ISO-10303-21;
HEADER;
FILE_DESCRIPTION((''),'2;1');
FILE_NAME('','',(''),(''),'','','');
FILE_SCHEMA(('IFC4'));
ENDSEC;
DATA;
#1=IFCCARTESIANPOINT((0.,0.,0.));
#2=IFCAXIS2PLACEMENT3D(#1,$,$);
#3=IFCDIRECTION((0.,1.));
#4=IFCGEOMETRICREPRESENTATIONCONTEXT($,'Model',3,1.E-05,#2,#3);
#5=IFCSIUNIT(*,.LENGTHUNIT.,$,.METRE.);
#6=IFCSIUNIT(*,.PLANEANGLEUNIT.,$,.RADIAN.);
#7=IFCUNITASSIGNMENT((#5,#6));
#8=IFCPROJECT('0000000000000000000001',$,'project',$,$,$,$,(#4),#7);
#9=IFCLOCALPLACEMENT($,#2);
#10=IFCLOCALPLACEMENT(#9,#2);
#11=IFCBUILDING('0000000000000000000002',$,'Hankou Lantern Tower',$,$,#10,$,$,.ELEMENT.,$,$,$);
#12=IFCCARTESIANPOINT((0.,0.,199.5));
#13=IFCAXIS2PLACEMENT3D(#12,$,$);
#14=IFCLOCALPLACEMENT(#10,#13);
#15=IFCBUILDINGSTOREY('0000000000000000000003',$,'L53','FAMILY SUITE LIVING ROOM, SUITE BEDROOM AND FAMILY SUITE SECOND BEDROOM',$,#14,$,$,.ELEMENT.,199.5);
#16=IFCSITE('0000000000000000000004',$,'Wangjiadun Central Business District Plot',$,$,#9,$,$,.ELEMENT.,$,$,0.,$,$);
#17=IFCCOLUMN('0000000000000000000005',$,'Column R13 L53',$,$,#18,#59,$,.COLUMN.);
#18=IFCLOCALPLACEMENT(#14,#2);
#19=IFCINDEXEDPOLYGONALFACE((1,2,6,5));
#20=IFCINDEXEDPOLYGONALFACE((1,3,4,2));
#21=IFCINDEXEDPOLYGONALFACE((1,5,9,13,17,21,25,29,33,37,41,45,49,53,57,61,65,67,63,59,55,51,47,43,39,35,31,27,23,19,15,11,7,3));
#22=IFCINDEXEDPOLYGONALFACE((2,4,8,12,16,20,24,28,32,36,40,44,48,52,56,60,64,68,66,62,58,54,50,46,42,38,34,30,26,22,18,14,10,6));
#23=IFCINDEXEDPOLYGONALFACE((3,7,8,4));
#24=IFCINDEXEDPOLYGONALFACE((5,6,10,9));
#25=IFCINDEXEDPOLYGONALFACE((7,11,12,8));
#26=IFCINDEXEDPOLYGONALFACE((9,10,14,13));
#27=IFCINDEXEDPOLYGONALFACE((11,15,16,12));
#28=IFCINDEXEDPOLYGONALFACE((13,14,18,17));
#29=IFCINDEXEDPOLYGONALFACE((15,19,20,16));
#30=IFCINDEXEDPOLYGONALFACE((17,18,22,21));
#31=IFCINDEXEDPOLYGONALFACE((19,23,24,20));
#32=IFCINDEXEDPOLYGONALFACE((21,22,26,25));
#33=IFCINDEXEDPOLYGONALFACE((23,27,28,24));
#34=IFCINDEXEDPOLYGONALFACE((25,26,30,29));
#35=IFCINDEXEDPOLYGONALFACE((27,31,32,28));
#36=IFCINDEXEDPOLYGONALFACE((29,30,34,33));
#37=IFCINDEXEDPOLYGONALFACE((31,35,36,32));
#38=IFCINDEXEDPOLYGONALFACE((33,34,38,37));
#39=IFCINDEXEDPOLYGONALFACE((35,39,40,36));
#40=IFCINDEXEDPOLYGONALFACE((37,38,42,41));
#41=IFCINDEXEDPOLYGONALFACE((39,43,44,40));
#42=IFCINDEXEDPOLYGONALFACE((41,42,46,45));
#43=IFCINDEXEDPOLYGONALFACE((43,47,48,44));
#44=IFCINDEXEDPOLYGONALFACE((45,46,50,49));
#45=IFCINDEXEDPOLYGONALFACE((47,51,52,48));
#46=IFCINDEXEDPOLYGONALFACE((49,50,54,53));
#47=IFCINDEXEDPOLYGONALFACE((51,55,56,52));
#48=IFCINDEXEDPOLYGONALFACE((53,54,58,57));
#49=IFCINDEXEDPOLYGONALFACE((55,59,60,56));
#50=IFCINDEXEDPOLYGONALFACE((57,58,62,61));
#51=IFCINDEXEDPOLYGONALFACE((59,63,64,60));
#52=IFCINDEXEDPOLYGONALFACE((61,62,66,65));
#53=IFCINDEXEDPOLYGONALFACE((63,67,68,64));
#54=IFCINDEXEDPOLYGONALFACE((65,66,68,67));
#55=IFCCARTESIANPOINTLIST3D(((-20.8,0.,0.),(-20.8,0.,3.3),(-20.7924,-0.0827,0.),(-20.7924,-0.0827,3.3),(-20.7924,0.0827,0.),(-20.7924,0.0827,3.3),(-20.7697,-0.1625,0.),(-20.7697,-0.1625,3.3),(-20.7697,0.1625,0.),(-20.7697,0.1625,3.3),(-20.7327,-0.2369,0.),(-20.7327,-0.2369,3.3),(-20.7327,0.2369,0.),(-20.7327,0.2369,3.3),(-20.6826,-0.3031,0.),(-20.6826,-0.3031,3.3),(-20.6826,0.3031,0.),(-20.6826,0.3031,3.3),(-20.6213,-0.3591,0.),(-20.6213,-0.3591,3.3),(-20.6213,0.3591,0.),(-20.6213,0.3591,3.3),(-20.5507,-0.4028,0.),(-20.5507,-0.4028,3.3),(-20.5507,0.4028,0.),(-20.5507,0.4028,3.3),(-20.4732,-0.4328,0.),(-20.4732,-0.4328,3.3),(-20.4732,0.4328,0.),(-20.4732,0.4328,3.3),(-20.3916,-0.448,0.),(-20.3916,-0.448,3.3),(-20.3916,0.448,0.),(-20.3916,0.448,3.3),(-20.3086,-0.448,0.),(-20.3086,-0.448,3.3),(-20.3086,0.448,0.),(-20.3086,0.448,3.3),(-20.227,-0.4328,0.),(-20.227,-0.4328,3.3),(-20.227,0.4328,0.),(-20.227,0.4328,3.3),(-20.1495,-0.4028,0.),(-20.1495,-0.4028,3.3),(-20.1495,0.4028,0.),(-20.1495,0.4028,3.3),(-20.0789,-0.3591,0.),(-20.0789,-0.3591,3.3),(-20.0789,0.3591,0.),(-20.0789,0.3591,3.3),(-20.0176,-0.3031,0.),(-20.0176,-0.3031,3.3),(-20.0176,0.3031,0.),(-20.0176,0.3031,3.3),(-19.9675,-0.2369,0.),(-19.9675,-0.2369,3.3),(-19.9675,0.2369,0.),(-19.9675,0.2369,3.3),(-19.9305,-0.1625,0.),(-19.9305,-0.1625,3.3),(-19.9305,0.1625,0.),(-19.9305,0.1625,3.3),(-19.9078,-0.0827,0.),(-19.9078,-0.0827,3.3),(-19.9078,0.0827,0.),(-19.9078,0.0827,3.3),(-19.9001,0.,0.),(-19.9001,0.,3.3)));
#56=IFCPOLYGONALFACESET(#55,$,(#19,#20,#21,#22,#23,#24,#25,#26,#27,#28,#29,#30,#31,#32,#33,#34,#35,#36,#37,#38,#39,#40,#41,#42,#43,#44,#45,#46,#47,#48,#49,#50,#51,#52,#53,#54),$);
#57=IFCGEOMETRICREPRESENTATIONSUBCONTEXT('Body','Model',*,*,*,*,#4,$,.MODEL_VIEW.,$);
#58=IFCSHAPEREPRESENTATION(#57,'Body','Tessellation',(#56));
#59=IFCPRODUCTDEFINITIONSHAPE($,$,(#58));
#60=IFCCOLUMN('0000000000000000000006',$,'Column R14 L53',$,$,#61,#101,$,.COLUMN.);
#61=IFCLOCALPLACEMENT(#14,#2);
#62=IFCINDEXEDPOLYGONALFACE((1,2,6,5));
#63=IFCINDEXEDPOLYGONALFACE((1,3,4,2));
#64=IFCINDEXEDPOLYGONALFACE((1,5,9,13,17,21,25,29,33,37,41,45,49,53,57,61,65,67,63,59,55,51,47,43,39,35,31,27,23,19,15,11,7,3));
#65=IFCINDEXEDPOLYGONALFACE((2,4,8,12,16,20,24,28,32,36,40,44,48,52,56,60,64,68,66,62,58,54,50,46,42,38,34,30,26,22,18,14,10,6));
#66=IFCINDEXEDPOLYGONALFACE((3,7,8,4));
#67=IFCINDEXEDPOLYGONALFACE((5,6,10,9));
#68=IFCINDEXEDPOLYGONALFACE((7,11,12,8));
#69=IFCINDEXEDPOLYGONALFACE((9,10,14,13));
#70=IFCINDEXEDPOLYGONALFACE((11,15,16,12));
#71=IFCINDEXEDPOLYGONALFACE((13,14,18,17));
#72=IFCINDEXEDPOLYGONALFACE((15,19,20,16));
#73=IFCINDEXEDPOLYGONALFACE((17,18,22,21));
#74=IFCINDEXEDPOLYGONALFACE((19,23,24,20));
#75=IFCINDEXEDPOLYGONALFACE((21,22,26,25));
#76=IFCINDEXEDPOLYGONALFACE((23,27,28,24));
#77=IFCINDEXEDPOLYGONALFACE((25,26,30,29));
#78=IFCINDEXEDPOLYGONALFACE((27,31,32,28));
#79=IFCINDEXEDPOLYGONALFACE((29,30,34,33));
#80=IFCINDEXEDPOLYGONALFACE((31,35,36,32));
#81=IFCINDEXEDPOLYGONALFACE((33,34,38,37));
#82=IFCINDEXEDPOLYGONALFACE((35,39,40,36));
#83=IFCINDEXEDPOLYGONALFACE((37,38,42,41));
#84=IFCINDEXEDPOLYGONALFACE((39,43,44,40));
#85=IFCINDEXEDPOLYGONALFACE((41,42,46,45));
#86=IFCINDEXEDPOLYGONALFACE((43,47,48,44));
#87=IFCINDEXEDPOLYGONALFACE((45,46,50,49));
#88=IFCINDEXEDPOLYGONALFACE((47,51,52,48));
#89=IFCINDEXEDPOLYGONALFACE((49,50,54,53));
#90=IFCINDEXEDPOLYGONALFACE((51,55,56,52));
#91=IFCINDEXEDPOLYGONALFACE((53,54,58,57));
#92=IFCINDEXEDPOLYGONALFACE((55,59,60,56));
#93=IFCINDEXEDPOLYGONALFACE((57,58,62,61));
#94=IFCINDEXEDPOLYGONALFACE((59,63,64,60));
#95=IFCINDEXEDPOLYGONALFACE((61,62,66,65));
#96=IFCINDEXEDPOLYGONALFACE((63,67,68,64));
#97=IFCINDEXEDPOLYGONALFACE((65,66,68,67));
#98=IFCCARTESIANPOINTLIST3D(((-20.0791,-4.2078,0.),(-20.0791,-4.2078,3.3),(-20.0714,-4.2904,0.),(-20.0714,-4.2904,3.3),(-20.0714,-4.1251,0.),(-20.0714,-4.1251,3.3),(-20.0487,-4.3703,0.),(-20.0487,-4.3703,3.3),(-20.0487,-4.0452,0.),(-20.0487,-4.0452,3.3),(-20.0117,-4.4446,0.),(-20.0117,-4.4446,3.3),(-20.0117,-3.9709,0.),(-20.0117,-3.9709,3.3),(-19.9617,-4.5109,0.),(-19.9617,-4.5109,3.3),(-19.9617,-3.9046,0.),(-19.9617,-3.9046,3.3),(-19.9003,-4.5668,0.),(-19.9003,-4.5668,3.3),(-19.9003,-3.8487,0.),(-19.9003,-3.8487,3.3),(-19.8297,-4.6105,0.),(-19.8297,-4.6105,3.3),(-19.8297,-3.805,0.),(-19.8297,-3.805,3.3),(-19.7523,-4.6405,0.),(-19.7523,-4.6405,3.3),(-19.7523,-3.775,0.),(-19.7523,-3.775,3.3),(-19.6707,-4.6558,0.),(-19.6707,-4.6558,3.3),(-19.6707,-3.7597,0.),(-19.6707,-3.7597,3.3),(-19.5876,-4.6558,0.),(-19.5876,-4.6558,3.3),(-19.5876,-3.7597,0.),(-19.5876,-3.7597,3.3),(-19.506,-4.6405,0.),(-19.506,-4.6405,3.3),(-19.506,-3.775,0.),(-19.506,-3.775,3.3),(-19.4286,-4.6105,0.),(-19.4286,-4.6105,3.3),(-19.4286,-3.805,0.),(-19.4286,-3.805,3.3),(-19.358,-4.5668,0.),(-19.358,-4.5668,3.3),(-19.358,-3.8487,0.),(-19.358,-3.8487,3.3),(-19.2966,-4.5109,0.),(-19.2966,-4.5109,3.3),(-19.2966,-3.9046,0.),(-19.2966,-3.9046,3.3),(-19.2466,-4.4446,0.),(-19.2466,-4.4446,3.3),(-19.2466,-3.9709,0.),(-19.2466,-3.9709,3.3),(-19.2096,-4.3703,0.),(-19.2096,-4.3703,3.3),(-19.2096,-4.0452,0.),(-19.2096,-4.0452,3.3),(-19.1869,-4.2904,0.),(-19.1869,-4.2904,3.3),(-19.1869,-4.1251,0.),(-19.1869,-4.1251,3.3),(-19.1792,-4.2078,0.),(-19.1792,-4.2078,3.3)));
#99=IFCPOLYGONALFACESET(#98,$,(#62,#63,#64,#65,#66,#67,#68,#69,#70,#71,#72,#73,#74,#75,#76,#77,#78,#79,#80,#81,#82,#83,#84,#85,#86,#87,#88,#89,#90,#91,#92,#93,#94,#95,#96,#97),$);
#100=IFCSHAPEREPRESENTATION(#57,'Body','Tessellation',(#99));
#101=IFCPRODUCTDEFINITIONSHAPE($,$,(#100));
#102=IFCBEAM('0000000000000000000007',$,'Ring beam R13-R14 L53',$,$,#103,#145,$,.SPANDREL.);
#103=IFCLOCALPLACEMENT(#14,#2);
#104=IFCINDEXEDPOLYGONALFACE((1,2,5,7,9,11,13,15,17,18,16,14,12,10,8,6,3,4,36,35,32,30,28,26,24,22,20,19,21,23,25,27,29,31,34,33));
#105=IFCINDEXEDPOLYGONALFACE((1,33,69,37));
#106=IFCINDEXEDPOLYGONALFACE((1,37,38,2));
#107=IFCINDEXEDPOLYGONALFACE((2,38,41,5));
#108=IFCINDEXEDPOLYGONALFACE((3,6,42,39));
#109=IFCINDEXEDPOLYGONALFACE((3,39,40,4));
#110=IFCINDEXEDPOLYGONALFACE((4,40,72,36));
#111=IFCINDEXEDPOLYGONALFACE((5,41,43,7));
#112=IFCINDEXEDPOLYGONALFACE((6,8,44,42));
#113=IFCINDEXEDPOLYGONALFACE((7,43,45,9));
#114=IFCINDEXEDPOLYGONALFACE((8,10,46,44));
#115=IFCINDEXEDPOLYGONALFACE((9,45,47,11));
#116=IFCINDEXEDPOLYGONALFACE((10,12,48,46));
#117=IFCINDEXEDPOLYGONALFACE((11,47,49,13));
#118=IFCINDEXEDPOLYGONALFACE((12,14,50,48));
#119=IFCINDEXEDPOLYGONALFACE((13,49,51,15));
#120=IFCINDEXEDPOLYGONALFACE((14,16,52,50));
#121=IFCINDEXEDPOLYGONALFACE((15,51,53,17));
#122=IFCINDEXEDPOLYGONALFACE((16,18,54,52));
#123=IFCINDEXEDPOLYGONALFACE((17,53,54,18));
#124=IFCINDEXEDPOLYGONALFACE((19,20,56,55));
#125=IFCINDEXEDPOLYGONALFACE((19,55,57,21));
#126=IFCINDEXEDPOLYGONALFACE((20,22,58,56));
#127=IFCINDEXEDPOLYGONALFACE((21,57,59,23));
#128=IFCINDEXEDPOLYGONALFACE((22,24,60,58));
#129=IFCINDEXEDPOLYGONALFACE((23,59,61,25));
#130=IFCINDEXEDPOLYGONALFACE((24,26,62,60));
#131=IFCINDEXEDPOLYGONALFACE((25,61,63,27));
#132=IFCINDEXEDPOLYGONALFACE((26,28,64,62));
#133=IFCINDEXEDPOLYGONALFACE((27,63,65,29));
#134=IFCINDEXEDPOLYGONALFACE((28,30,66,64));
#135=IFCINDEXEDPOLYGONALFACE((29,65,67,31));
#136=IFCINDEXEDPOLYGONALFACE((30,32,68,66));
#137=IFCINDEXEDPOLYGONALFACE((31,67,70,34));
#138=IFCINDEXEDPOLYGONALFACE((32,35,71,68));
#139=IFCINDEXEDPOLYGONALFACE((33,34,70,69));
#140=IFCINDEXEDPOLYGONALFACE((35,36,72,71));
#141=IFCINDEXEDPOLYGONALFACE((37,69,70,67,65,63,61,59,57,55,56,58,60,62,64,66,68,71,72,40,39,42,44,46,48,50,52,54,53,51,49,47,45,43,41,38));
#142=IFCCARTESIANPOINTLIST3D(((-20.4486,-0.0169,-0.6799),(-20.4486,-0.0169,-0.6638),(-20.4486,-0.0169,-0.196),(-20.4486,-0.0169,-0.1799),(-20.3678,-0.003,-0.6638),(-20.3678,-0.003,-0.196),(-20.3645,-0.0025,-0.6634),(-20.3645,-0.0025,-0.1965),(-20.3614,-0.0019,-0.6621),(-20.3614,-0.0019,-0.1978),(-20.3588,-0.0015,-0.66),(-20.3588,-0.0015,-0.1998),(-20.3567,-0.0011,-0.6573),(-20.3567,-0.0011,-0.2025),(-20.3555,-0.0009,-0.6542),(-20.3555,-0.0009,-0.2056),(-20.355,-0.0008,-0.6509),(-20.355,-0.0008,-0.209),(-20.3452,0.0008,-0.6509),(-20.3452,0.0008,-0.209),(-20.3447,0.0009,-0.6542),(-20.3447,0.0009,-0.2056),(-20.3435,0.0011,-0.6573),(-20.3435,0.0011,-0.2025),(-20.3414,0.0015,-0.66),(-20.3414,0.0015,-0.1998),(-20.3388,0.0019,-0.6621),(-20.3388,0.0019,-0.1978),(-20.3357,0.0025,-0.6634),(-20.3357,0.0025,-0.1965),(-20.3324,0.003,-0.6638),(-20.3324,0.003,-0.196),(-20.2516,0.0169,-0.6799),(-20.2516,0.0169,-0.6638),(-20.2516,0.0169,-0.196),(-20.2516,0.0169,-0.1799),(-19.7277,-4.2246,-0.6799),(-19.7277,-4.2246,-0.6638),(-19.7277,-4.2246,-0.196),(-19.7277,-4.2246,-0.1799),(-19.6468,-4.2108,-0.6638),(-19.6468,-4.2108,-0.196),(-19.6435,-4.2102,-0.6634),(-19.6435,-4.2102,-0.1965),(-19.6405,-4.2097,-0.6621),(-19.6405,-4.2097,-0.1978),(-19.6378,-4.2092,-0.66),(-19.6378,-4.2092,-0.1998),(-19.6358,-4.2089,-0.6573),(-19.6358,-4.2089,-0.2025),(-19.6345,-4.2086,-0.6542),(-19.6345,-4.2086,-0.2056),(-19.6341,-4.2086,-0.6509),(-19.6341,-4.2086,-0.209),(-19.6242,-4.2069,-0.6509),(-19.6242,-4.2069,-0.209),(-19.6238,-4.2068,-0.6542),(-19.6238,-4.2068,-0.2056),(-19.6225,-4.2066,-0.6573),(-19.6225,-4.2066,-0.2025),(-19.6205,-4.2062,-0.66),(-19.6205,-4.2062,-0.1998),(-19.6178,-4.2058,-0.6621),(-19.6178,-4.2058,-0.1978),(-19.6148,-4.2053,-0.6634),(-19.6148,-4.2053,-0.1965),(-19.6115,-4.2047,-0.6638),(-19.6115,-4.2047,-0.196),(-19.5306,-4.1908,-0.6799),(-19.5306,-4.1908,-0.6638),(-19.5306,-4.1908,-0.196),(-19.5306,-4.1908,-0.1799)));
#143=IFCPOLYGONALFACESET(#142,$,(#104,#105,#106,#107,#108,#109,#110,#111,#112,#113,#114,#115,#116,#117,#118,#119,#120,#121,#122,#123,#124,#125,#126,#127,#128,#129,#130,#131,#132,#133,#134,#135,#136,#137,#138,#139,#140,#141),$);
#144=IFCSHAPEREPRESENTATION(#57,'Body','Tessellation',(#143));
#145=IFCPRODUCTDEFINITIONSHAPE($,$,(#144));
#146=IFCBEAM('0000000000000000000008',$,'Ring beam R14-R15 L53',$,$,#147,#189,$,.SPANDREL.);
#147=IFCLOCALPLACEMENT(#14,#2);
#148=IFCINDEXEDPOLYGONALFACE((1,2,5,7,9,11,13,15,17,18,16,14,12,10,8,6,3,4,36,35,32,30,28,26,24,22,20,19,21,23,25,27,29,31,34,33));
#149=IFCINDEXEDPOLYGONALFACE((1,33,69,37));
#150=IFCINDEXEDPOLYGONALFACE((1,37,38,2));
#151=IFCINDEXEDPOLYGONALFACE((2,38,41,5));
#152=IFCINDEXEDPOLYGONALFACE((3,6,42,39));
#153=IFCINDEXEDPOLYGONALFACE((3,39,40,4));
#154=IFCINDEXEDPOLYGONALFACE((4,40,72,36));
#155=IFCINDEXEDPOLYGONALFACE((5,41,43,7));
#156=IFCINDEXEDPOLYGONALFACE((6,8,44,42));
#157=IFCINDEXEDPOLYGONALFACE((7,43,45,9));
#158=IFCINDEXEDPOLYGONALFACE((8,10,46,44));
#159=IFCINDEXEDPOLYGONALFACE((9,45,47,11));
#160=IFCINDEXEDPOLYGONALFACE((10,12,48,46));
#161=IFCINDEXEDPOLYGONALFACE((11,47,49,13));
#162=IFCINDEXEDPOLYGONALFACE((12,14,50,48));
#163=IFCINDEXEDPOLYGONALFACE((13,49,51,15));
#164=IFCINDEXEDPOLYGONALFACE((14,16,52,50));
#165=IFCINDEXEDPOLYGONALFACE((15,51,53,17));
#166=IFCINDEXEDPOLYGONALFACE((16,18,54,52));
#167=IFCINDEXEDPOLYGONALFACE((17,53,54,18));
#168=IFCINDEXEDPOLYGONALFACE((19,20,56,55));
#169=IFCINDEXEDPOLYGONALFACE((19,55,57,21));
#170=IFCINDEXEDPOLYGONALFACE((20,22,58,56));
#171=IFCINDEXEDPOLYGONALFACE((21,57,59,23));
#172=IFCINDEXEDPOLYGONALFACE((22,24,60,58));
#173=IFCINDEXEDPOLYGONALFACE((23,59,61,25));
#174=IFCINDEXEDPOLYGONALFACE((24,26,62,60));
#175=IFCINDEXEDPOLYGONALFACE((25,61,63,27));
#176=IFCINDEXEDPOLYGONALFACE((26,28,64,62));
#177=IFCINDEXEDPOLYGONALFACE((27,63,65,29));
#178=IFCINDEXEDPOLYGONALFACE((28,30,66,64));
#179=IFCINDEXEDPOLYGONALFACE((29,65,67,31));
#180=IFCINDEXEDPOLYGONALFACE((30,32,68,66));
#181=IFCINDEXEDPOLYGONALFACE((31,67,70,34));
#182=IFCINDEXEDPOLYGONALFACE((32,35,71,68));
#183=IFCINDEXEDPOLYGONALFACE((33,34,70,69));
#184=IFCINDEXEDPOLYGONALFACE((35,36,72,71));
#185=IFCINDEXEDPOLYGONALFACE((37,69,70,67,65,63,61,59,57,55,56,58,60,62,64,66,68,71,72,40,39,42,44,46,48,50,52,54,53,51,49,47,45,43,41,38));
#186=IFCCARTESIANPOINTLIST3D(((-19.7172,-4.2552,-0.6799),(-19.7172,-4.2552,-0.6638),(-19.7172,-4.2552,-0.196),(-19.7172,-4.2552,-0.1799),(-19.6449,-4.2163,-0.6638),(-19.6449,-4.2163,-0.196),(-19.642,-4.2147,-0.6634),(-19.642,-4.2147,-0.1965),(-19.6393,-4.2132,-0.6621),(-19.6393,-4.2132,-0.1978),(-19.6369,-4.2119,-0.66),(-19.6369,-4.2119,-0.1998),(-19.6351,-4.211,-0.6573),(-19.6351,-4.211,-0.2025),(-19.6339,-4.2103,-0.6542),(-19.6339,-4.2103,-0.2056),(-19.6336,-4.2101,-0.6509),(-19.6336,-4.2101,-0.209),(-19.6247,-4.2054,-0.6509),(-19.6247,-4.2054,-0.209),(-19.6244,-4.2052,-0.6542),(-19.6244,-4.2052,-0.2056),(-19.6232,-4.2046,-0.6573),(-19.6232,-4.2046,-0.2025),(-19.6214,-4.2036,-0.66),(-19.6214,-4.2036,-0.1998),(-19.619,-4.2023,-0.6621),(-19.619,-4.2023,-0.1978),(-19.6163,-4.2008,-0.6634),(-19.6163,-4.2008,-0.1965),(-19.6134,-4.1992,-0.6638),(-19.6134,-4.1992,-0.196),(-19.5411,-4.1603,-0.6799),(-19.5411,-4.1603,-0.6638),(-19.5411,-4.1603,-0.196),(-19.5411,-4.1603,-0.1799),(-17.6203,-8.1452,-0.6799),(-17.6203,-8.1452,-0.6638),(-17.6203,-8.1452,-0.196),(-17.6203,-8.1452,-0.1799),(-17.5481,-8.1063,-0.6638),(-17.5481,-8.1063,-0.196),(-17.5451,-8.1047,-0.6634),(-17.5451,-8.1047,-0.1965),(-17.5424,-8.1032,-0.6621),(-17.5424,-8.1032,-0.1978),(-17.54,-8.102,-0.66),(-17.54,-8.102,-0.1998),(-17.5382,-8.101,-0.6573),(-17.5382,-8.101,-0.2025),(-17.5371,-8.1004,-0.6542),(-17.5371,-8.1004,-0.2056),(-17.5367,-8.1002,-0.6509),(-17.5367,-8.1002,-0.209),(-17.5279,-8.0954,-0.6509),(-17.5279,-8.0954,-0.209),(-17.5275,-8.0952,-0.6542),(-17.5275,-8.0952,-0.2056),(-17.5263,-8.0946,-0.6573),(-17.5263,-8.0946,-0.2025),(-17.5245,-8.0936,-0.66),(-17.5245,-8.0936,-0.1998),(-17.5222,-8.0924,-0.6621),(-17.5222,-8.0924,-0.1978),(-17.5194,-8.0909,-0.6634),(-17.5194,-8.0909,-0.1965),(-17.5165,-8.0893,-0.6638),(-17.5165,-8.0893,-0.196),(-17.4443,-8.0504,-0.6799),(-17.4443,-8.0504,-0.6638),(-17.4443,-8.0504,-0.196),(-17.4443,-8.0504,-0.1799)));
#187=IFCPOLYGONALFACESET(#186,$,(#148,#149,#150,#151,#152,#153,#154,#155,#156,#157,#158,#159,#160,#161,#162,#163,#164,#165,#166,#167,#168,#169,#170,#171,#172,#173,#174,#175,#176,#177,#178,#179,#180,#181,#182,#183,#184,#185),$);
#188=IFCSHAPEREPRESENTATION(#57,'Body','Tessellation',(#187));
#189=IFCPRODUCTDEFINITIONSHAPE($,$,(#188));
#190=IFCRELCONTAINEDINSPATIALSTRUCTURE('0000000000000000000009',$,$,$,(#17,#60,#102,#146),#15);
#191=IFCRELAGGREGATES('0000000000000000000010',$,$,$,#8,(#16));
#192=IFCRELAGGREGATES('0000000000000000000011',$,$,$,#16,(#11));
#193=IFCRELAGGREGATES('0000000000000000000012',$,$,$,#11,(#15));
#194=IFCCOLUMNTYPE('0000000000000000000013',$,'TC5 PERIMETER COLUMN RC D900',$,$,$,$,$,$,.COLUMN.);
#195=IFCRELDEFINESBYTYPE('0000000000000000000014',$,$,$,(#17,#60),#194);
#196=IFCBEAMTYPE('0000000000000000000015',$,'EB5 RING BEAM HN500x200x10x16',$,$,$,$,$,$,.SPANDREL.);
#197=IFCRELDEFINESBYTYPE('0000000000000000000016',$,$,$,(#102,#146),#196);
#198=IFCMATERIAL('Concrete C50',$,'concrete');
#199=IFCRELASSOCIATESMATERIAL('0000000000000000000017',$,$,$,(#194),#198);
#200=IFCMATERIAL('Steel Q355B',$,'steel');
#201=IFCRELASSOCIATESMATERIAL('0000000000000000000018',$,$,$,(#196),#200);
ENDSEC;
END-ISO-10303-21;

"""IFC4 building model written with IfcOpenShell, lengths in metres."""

from ifc_helpers import new_model, si_unit, direction, frame, origin, origin_2d, place, context, subcontext, project, spatial, circle, i_section, extrude, material, material_profile, profile_set, type_object, element, save


model = new_model("IFC4")

# Units and contexts
model_context = context("Model", 3, precision=1e-05, world=origin(), true_north=direction((0.0, 1.0)))
body_context = subcontext(model_context, "Body", "Model", "MODEL_VIEW")
ifc_project = project(units=[si_unit("LENGTHUNIT", "METRE"), si_unit("PLANEANGLEUNIT", "RADIAN")], contexts=[model_context])

# Site, building, storey
site_placement = place(None, origin())
site = spatial("IfcSite", under=ifc_project, at=site_placement, Name="Wangjiadun Central Business District Plot", CompositionType="ELEMENT", RefElevation=0.0)
building_placement = place(site_placement, origin())
building = spatial("IfcBuilding", under=site, at=building_placement, Name="Hankou Lantern Tower", CompositionType="ELEMENT")
storey_placement = place(building_placement, frame((0.0, 0.0, 199.5)))
storey = spatial("IfcBuildingStorey", under=building, at=storey_placement, Name="L53", Description="FAMILY SUITE LIVING ROOM, SUITE BEDROOM AND FAMILY SUITE SECOND BEDROOM", CompositionType="ELEMENT", Elevation=199.5)

# Columns
ifc_material_1 = material(Name="Concrete C50", Category="concrete")
ifc_material_profile_1 = material_profile(ifc_material_1, circle(Radius=0.45, at=origin_2d()), Name="RC D900")
ifc_profile_set_1 = profile_set([ifc_material_profile_1], Name="Concrete C50")
column_type = type_object("IfcColumnType", Name="TC5 PERIMETER COLUMN RC D900", PredefinedType="COLUMN", material=ifc_profile_set_1)
for number, where, z_axis, x_axis, name in (
    (1, (-20.3501, 0.0, 0.0), (0.0, 0.0, 1.0), (1.0, 0.0, 0.0), "Column R13 L53"),
    (2, (-19.6292, -4.2078, 0.0), (0.0, 0.0, 1.0), (1.0, 0.0, 0.0), "Column R14 L53"),
):
    element("IfcColumn", number, at=place(storey_placement, frame(where, z_axis=z_axis, x_axis=x_axis)), inside=storey, type_object=column_type, Name=name, PredefinedType="COLUMN", context=body_context, shape_type="SweptSolid", body=[
        extrude(circle(Radius=0.45, at=origin_2d()), origin(), (0.0, 0.0, 1.0), 3.3),
    ])

# Beams
ifc_material_2 = material(Name="Steel Q355B", Category="steel")
ifc_material_profile_2 = material_profile(ifc_material_2, i_section(OverallWidth=0.2, OverallDepth=0.5, WebThickness=0.01, FlangeThickness=0.0161, FilletRadius=0.0129, at=origin_2d()), Name="HN500x200x10x16")
ifc_profile_set_2 = profile_set([ifc_material_profile_2], Name="Steel Q355B")
beam_type_1 = type_object("IfcBeamType", Name="EB5 RING BEAM HN500x200x10x16", PredefinedType="SPANDREL", material=ifc_profile_set_2)
beam_1_placement = place(storey_placement, frame((-20.3501, 0.0, -0.4299), z_axis=(0.168877, -0.985637, 0.0), x_axis=(0.985637, 0.168877, 0.0)))
element("IfcBeam", 3, at=beam_1_placement, inside=storey, type_object=beam_type_1, Name="Ring beam R13-R14 L53", PredefinedType="SPANDREL", context=body_context, shape_type="SweptSolid", body=[
    extrude(i_section(OverallWidth=0.2, OverallDepth=0.5, WebThickness=0.01, FlangeThickness=0.0161, FilletRadius=0.0129, at=origin_2d()), origin(), (0.0, 0.0, 1.0), 4.269),
])
beam_2_placement = place(storey_placement, frame((-19.6292, -4.2078, -0.4299), z_axis=(0.474492, -0.88026, 0.0), x_axis=(0.88026, 0.474492, 0.0)))
element("IfcBeam", 4, at=beam_2_placement, inside=storey, type_object=beam_type_1, Name="Ring beam R14-R15 L53", PredefinedType="SPANDREL", context=body_context, shape_type="SweptSolid", body=[
    extrude(i_section(OverallWidth=0.2, OverallDepth=0.5, WebThickness=0.01, FlangeThickness=0.0161, FilletRadius=0.0129, at=origin_2d()), origin(), (0.0, 0.0, 1.0), 4.4192),
])

save(model, "model.ifc")
